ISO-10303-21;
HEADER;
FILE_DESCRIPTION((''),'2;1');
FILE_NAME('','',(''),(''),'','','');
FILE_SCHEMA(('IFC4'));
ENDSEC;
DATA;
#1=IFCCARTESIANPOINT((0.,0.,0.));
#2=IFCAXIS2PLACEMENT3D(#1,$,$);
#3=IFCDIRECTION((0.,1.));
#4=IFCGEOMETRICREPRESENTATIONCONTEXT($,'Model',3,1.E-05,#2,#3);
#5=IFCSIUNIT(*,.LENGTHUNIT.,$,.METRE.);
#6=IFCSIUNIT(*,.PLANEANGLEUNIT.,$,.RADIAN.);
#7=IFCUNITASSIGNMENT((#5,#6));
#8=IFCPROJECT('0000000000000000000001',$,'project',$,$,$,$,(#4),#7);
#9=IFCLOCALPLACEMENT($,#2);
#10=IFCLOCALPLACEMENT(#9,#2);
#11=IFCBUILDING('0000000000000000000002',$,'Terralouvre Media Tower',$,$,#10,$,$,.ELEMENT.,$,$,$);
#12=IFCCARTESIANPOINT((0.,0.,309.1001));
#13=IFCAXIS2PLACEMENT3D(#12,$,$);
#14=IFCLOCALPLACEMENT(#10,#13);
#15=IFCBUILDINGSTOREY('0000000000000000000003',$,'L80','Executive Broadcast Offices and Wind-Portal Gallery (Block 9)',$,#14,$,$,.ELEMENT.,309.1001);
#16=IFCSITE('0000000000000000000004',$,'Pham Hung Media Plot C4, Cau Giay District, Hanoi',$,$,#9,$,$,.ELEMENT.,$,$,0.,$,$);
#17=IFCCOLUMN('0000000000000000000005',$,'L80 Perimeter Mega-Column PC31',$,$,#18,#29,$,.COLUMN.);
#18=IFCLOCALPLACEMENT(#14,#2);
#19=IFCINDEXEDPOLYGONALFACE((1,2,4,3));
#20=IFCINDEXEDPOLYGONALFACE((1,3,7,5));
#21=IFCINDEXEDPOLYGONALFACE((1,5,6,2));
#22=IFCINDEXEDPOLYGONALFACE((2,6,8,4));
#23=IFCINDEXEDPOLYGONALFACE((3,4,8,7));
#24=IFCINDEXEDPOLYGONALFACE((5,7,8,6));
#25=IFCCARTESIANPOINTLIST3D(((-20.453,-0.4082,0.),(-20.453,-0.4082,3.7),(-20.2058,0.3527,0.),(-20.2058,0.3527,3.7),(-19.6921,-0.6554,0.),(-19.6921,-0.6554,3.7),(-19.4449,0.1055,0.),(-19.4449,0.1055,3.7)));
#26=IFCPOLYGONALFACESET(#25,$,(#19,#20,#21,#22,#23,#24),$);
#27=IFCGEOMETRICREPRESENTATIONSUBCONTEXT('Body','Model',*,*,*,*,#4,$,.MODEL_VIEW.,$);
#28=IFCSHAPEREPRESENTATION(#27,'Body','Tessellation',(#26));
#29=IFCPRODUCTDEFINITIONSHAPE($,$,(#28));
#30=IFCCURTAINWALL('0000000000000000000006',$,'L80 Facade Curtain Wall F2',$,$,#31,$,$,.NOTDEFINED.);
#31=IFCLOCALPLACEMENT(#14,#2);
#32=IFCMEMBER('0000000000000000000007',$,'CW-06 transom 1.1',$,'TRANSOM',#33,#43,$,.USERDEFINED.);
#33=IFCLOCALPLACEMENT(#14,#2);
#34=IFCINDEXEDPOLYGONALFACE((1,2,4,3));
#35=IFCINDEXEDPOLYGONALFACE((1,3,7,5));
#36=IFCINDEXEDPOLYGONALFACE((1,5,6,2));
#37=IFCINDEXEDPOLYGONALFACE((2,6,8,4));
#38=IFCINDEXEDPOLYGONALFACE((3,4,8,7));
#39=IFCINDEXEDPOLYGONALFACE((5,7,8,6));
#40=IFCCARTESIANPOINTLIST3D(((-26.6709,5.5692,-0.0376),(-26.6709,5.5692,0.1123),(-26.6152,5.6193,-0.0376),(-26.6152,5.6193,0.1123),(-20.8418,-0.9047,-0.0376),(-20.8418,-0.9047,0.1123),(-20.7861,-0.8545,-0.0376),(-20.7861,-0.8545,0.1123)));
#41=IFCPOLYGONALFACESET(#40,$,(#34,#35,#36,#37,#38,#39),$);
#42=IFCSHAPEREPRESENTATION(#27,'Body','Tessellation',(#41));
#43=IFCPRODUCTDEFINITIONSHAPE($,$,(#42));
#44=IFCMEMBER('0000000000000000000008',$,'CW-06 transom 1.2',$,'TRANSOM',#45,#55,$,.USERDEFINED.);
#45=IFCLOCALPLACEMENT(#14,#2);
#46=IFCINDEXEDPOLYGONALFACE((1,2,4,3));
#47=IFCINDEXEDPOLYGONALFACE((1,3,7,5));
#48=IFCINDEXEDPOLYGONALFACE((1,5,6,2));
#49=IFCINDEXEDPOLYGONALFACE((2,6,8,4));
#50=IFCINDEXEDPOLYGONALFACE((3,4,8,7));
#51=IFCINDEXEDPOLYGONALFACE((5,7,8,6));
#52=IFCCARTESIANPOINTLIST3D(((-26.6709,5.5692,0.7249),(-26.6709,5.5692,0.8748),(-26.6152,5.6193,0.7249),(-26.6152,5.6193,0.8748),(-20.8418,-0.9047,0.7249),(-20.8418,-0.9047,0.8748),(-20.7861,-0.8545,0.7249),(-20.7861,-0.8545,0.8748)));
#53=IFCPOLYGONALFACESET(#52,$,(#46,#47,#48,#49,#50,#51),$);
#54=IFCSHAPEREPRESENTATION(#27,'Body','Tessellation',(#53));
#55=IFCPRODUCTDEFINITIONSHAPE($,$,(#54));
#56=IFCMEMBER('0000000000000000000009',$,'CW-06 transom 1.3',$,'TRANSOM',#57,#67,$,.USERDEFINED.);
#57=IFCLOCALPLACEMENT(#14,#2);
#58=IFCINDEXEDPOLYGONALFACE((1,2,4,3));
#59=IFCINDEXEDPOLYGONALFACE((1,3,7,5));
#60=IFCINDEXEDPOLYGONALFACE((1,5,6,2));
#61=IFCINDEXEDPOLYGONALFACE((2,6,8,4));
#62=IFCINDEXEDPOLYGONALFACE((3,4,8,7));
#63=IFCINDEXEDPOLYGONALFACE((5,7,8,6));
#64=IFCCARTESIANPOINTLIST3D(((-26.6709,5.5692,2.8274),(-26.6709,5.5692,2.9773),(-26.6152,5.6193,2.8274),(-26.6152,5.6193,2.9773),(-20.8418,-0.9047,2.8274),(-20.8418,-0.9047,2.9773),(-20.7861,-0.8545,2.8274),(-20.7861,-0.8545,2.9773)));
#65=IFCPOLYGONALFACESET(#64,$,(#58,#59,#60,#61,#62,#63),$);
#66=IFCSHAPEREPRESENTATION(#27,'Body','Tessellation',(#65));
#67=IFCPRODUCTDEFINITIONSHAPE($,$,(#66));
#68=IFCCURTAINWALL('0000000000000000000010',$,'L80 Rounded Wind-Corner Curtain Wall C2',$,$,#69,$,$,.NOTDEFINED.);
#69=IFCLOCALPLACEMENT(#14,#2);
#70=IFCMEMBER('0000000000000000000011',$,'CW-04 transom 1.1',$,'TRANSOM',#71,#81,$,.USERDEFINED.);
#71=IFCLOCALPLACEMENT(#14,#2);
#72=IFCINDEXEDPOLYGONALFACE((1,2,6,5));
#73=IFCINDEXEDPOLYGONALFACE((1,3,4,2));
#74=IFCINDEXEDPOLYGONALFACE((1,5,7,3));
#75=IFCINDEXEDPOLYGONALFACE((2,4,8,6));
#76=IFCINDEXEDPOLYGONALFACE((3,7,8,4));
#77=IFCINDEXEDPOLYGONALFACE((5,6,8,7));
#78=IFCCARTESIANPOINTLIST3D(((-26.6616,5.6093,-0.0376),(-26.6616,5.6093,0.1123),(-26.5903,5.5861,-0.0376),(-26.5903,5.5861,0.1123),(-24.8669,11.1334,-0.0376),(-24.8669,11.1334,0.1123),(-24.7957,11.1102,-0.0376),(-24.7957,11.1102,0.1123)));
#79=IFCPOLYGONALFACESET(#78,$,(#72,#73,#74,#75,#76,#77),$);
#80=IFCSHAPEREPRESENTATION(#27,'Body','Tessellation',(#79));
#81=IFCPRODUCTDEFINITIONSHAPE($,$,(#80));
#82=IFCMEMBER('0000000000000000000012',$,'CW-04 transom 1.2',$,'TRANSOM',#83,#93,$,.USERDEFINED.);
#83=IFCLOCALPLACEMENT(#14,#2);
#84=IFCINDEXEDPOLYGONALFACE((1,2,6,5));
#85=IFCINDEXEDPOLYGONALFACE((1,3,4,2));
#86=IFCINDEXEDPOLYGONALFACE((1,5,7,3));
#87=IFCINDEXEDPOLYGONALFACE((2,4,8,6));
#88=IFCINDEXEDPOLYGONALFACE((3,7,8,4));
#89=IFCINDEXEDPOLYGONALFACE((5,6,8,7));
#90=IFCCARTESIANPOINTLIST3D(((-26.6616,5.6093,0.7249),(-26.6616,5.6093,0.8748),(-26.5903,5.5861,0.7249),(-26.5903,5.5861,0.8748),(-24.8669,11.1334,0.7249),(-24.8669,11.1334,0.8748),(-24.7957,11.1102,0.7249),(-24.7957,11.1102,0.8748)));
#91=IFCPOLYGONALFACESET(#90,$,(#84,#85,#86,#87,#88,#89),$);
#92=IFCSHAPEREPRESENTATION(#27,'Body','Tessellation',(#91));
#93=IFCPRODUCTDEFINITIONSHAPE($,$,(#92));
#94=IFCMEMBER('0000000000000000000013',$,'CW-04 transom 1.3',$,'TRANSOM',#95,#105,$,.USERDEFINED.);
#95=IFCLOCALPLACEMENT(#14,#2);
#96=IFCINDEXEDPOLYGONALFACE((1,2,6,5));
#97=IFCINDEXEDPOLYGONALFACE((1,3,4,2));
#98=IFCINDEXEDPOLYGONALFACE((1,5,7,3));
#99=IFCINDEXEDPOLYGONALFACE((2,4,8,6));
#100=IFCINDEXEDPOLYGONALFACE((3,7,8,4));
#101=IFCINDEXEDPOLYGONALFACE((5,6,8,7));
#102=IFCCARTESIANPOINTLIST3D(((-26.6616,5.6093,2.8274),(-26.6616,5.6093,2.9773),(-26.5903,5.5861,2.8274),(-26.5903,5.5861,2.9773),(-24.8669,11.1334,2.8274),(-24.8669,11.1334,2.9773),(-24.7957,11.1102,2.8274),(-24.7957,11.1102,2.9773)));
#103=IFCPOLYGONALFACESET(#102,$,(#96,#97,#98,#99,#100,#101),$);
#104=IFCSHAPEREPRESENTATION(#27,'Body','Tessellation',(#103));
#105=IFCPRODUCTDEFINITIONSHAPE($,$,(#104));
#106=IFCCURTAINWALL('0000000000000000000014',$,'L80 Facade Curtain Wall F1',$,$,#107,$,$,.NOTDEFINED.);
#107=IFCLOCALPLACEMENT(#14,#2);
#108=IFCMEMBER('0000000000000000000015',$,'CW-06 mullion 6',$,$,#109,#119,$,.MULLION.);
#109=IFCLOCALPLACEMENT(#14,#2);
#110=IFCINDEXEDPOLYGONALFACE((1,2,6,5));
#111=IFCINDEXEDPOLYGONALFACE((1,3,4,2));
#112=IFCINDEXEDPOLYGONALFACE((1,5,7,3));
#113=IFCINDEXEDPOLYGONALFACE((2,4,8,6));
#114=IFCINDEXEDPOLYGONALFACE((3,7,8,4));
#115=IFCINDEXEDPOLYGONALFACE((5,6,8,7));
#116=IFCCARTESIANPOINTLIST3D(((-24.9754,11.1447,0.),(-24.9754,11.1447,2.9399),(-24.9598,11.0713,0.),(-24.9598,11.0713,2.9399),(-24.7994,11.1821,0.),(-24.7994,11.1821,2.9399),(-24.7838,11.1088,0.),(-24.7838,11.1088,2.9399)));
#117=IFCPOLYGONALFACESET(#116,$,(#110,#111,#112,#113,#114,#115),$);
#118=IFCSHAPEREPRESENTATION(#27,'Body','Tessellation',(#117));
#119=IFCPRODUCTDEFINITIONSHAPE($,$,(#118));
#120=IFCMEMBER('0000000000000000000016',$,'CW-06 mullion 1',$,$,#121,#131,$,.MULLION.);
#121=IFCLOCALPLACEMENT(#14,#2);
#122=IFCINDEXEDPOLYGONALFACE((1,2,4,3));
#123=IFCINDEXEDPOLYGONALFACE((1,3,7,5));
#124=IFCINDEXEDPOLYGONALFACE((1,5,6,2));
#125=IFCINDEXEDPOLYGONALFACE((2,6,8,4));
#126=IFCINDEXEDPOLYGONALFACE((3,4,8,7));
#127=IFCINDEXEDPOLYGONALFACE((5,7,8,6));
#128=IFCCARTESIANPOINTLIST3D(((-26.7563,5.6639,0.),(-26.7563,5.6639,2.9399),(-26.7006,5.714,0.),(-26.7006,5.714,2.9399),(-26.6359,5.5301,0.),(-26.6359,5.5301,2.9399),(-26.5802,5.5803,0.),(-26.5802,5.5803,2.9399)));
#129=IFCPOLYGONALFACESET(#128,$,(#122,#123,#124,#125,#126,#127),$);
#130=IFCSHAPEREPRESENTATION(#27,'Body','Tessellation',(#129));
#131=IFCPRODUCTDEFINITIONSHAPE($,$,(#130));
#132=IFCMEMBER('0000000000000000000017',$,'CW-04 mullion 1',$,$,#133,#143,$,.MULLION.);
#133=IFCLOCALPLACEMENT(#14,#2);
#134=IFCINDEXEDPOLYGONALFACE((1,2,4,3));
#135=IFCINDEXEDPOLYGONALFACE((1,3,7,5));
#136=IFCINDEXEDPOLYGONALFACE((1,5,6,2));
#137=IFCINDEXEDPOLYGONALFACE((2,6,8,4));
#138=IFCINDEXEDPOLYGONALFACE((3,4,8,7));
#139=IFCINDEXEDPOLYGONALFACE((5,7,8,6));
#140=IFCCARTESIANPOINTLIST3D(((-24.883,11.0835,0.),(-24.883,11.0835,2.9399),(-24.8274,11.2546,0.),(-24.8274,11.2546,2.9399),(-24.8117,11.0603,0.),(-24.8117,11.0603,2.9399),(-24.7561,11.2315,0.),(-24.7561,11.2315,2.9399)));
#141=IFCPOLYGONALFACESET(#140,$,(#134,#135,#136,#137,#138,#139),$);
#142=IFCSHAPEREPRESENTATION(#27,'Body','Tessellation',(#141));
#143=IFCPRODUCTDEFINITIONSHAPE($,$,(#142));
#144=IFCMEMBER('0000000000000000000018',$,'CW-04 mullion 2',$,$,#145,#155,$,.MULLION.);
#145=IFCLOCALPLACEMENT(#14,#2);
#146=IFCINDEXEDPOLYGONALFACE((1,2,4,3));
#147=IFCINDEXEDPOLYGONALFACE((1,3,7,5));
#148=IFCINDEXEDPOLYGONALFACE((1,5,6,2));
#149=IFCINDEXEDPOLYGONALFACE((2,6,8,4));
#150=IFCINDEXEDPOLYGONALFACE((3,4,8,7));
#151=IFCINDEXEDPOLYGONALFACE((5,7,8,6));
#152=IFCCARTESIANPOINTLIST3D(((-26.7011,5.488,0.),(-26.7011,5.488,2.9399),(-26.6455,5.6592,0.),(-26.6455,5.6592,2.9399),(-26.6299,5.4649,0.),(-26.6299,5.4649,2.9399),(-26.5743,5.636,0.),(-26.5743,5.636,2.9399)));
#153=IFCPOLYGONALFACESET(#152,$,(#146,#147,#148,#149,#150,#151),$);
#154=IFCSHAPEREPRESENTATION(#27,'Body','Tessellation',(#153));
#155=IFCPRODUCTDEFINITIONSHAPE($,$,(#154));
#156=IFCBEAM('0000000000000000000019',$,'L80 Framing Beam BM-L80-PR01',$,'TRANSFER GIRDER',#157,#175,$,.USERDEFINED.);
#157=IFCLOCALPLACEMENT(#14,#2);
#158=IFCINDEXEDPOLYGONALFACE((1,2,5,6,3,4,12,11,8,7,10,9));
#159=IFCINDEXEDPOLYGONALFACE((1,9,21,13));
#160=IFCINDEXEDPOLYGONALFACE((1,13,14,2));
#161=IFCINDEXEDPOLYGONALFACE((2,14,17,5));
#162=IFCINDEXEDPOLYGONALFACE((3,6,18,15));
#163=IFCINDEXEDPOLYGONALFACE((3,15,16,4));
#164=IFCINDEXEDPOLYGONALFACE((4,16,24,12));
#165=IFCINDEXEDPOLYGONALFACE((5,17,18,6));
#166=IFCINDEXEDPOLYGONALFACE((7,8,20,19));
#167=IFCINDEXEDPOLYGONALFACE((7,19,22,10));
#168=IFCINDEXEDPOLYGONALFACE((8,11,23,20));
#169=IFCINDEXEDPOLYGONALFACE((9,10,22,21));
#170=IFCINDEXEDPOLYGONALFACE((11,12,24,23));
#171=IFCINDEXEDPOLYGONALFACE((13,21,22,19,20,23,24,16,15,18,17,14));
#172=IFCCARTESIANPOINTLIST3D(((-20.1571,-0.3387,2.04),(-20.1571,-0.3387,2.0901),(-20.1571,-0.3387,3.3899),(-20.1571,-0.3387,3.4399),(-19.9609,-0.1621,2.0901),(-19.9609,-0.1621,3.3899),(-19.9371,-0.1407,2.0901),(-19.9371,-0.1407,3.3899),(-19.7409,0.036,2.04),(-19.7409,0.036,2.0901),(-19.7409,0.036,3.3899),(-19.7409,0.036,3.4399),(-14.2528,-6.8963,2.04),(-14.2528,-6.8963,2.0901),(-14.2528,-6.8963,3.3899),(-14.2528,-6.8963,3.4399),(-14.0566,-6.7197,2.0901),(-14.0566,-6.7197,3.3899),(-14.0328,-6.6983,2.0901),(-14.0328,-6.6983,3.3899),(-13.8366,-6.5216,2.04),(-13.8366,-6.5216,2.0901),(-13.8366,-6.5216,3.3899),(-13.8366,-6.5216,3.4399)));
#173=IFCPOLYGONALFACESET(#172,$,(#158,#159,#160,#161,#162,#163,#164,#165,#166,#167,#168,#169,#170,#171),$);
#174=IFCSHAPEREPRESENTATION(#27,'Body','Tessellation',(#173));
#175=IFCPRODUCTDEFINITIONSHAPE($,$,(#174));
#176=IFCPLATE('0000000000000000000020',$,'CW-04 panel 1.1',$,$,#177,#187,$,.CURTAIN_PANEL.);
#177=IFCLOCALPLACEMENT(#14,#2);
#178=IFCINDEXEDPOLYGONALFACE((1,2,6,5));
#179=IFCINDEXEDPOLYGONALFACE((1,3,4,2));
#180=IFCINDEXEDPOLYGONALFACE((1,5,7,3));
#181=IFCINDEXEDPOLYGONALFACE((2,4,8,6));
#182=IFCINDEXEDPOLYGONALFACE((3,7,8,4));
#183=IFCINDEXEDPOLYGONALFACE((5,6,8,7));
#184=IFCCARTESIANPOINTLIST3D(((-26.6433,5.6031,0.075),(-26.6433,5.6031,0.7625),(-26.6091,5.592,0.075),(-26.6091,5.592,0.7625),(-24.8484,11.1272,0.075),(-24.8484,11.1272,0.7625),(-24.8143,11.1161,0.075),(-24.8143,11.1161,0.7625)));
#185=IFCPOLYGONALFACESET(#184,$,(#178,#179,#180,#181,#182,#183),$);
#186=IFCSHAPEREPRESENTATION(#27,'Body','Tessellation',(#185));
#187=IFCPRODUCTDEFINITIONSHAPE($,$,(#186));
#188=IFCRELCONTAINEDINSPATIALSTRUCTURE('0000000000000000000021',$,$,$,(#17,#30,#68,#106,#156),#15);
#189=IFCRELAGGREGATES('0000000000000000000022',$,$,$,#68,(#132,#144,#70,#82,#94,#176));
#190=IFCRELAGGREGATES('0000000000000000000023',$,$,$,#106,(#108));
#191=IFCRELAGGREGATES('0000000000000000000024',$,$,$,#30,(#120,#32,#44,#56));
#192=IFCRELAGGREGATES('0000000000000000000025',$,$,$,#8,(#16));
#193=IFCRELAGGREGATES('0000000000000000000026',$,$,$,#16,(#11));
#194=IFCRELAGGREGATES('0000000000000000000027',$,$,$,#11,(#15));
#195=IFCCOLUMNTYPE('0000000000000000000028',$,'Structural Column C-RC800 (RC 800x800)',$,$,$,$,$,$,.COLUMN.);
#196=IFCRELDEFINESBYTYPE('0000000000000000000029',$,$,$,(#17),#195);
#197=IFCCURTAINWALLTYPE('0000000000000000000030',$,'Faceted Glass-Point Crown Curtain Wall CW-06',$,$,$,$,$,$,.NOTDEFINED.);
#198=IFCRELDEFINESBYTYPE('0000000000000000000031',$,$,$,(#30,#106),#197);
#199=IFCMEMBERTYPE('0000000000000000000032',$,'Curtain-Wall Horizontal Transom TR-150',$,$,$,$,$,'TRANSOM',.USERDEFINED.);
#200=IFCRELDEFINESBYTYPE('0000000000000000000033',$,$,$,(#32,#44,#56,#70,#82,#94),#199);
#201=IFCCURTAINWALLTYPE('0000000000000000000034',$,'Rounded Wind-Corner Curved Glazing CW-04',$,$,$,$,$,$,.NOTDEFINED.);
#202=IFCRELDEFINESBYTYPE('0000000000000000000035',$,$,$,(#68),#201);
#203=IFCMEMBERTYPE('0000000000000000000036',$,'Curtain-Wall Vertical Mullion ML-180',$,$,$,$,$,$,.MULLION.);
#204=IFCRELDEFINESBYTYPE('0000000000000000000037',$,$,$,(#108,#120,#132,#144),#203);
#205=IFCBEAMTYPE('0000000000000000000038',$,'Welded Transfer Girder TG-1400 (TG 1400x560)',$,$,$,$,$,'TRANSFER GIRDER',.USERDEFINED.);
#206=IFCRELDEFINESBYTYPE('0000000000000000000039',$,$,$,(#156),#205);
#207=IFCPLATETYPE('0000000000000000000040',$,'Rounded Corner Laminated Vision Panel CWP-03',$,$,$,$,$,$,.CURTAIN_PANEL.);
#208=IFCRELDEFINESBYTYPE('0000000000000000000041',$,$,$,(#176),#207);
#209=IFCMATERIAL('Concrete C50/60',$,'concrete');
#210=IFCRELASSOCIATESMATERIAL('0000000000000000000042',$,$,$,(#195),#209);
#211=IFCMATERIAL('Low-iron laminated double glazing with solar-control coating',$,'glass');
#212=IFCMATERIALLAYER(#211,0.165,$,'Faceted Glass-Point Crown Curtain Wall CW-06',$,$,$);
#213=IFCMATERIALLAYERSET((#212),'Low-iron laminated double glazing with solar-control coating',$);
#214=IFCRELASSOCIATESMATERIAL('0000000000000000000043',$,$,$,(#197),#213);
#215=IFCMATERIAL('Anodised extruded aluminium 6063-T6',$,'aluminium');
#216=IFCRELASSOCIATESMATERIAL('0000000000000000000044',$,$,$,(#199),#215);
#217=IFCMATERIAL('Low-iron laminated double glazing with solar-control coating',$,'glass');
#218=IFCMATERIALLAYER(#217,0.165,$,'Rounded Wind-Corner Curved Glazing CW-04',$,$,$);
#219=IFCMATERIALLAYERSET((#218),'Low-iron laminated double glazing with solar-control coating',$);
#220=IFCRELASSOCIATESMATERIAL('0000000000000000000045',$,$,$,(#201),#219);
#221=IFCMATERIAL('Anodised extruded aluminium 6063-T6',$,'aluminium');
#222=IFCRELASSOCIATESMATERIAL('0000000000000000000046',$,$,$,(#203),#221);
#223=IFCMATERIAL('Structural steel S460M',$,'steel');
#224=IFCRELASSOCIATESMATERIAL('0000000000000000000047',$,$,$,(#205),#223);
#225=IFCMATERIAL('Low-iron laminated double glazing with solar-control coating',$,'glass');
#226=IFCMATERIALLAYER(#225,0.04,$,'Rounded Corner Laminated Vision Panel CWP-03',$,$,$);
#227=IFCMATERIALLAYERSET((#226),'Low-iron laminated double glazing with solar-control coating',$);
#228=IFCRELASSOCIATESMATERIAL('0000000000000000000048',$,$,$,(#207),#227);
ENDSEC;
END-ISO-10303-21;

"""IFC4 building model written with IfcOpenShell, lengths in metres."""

from ifc_helpers import new_model, si_unit, direction, frame, origin, origin_2d, place, context, subcontext, project, spatial, rectangle, i_section, extrude, material, layer, layer_set, material_profile, profile_set, type_object, element, aggregate, save


model = new_model("IFC4")

# Units and contexts
model_context = context("Model", 3, precision=1e-05, world=origin(), true_north=direction((0.0, 1.0)))
body_context = subcontext(model_context, "Body", "Model", "MODEL_VIEW")
ifc_project = project(units=[si_unit("LENGTHUNIT", "METRE"), si_unit("PLANEANGLEUNIT", "RADIAN")], contexts=[model_context])

# Site, building, storey
site_placement = place(None, origin())
site = spatial("IfcSite", under=ifc_project, at=site_placement, Name="Pham Hung Media Plot C4, Cau Giay District, Hanoi", CompositionType="ELEMENT", RefElevation=0.0)
building_placement = place(site_placement, origin())
building = spatial("IfcBuilding", under=site, at=building_placement, Name="Terralouvre Media Tower", CompositionType="ELEMENT")
storey_placement = place(building_placement, frame((0.0, 0.0, 309.1001)))
storey = spatial("IfcBuildingStorey", under=building, at=storey_placement, Name="L80", Description="Executive Broadcast Offices and Wind-Portal Gallery (Block 9)", CompositionType="ELEMENT", Elevation=309.1001)

# Column
ifc_material_1 = material(Name="Concrete C50/60", Category="concrete")
ifc_material_profile_1 = material_profile(ifc_material_1, rectangle(XDim=0.8, YDim=0.8, at=origin_2d()), Name="RC 800x800")
ifc_profile_set_1 = profile_set([ifc_material_profile_1], Name="Concrete C50/60")
column_type = type_object("IfcColumnType", Name="Structural Column C-RC800 (RC 800x800)", PredefinedType="COLUMN", material=ifc_profile_set_1)
column_placement = place(storey_placement, frame((-19.949, -0.1514, 0.0), z_axis=(0.0, 0.0, 1.0), x_axis=(0.309017, 0.951057, 0.0)))
element("IfcColumn", 1, at=column_placement, inside=storey, type_object=column_type, Name="L80 Perimeter Mega-Column PC31", PredefinedType="COLUMN", context=body_context, shape_type="SweptSolid", body=[
    extrude(rectangle(XDim=0.8, YDim=0.8, at=origin_2d()), origin(), (0.0, 0.0, 1.0), 3.7),
])

# Curtain walls, members
ifc_material_2 = material(Name="Low-iron laminated double glazing with solar-control coating", Category="glass")
ifc_layer_1 = layer(ifc_material_2, 0.165, Name="Faceted Glass-Point Crown Curtain Wall CW-06")
ifc_layer_set_1 = layer_set([ifc_layer_1], Name="Low-iron laminated double glazing with solar-control coating")
curtain_wall_type_1 = type_object("IfcCurtainWallType", Name="Faceted Glass-Point Crown Curtain Wall CW-06", PredefinedType="NOTDEFINED", material=ifc_layer_set_1)
curtain_wall_1_placement = place(storey_placement, origin())
curtain_wall_1 = element("IfcCurtainWall", 2, at=curtain_wall_1_placement, inside=storey, type_object=curtain_wall_type_1, Name="L80 Facade Curtain Wall F2", PredefinedType="NOTDEFINED")
ifc_material_3 = material(Name="Anodised extruded aluminium 6063-T6", Category="aluminium")
ifc_material_profile_2 = material_profile(ifc_material_3, rectangle(XDim=0.075, YDim=0.1499, at=origin_2d()), Name="ALU 75x150")
ifc_profile_set_2 = profile_set([ifc_material_profile_2], Name="Anodised extruded aluminium 6063-T6")
member_type_1 = type_object("IfcMemberType", Name="Curtain-Wall Horizontal Transom TR-150", ElementType="TRANSOM", PredefinedType="USERDEFINED", material=ifc_profile_set_2)
member_1_placement = place(storey_placement, frame((-26.6431, 5.5942, 0.0374), z_axis=(0.66913, -0.743145, 0.0), x_axis=(0.743145, 0.66913, 0.0)))
member_1 = element("IfcMember", 3, at=member_1_placement, type_object=member_type_1, Name="CW-06 transom 1.1", ObjectType="TRANSOM", PredefinedType="USERDEFINED", context=body_context, shape_type="SweptSolid", body=[
    extrude(rectangle(XDim=0.075, YDim=0.1499, at=origin_2d()), origin(), (0.0, 0.0, 1.0), 8.7114),
])
member_2_placement = place(storey_placement, frame((-26.6431, 5.5942, 0.7998), z_axis=(0.66913, -0.743145, 0.0), x_axis=(0.743145, 0.66913, 0.0)))
member_2 = element("IfcMember", 4, at=member_2_placement, type_object=member_type_1, Name="CW-06 transom 1.2", ObjectType="TRANSOM", PredefinedType="USERDEFINED", context=body_context, shape_type="SweptSolid", body=[
    extrude(rectangle(XDim=0.075, YDim=0.1499, at=origin_2d()), origin(), (0.0, 0.0, 1.0), 8.7114),
])
member_3_placement = place(storey_placement, frame((-26.6431, 5.5942, 2.9023), z_axis=(0.66913, -0.743145, 0.0), x_axis=(0.743145, 0.66913, 0.0)))
member_3 = element("IfcMember", 5, at=member_3_placement, type_object=member_type_1, Name="CW-06 transom 1.3", ObjectType="TRANSOM", PredefinedType="USERDEFINED", context=body_context, shape_type="SweptSolid", body=[
    extrude(rectangle(XDim=0.075, YDim=0.1499, at=origin_2d()), origin(), (0.0, 0.0, 1.0), 8.7114),
])
ifc_material_4 = material(Name="Low-iron laminated double glazing with solar-control coating", Category="glass")
ifc_layer_2 = layer(ifc_material_4, 0.165, Name="Rounded Wind-Corner Curved Glazing CW-04")
ifc_layer_set_2 = layer_set([ifc_layer_2], Name="Low-iron laminated double glazing with solar-control coating")
curtain_wall_type_2 = type_object("IfcCurtainWallType", Name="Rounded Wind-Corner Curved Glazing CW-04", PredefinedType="NOTDEFINED", material=ifc_layer_set_2)
curtain_wall_2_placement = place(storey_placement, origin())
curtain_wall_2 = element("IfcCurtainWall", 6, at=curtain_wall_2_placement, inside=storey, type_object=curtain_wall_type_2, Name="L80 Rounded Wind-Corner Curtain Wall C2", PredefinedType="NOTDEFINED")
member_4_placement = place(storey_placement, frame((-24.8313, 11.1218, 0.0374), z_axis=(-0.308981, -0.951068, 0.0), x_axis=(0.951068, -0.308981, 0.0)))
member_4 = element("IfcMember", 7, at=member_4_placement, type_object=member_type_1, Name="CW-04 transom 1.1", ObjectType="TRANSOM", PredefinedType="USERDEFINED", context=body_context, shape_type="SweptSolid", body=[
    extrude(rectangle(XDim=0.075, YDim=0.1499, at=origin_2d()), origin(), (0.0, 0.0, 1.0), 5.8083),
])
member_5_placement = place(storey_placement, frame((-24.8313, 11.1218, 0.7998), z_axis=(-0.308981, -0.951068, 0.0), x_axis=(0.951068, -0.308981, 0.0)))
member_5 = element("IfcMember", 8, at=member_5_placement, type_object=member_type_1, Name="CW-04 transom 1.2", ObjectType="TRANSOM", PredefinedType="USERDEFINED", context=body_context, shape_type="SweptSolid", body=[
    extrude(rectangle(XDim=0.075, YDim=0.1499, at=origin_2d()), origin(), (0.0, 0.0, 1.0), 5.8083),
])
member_6_placement = place(storey_placement, frame((-24.8313, 11.1218, 2.9023), z_axis=(-0.308981, -0.951068, 0.0), x_axis=(0.951068, -0.308981, 0.0)))
member_6 = element("IfcMember", 9, at=member_6_placement, type_object=member_type_1, Name="CW-04 transom 1.3", ObjectType="TRANSOM", PredefinedType="USERDEFINED", context=body_context, shape_type="SweptSolid", body=[
    extrude(rectangle(XDim=0.075, YDim=0.1499, at=origin_2d()), origin(), (0.0, 0.0, 1.0), 5.8083),
])

# Curtain wall, member
curtain_wall_3_placement = place(storey_placement, origin())
curtain_wall_3 = element("IfcCurtainWall", 10, at=curtain_wall_3_placement, inside=storey, type_object=curtain_wall_type_1, Name="L80 Facade Curtain Wall F1", PredefinedType="NOTDEFINED")
ifc_material_5 = material(Name="Anodised extruded aluminium 6063-T6", Category="aluminium")
ifc_material_profile_3 = material_profile(ifc_material_5, rectangle(XDim=0.075, YDim=0.1799, at=origin_2d()), Name="ALU 75x180")
ifc_profile_set_3 = profile_set([ifc_material_profile_3], Name="Anodised extruded aluminium 6063-T6")
member_type_2 = type_object("IfcMemberType", Name="Curtain-Wall Vertical Mullion ML-180", PredefinedType="MULLION", material=ifc_profile_set_3)
member_7_placement = place(storey_placement, frame((-24.8796, 11.1267, 0.0), z_axis=(0.0, 0.0, 1.0), x_axis=(0.207912, -0.978148, 0.0)))
member_7 = element("IfcMember", 11, at=member_7_placement, type_object=member_type_2, Name="CW-06 mullion 6", PredefinedType="MULLION", context=body_context, shape_type="SweptSolid", body=[
    extrude(rectangle(XDim=0.075, YDim=0.1799, at=origin_2d()), origin(), (0.0, 0.0, 1.0), 2.9399),
])

# Members
member_8_placement = place(storey_placement, frame((-26.6682, 5.6221, 0.0), z_axis=(0.0, 0.0, 1.0), x_axis=(0.743145, 0.669131, 0.0)))
member_8 = element("IfcMember", 12, at=member_8_placement, type_object=member_type_2, Name="CW-06 mullion 1", PredefinedType="MULLION", context=body_context, shape_type="SweptSolid", body=[
    extrude(rectangle(XDim=0.075, YDim=0.1799, at=origin_2d()), origin(), (0.0, 0.0, 1.0), 2.9399),
])
member_9_placement = place(storey_placement, frame((-24.8196, 11.1575, 0.0), z_axis=(0.0, 0.0, 1.0), x_axis=(0.951057, -0.309017, 0.0)))
member_9 = element("IfcMember", 13, at=member_9_placement, type_object=member_type_2, Name="CW-04 mullion 1", PredefinedType="MULLION", context=body_context, shape_type="SweptSolid", body=[
    extrude(rectangle(XDim=0.075, YDim=0.1799, at=origin_2d()), origin(), (0.0, 0.0, 1.0), 2.9399),
])
member_10_placement = place(storey_placement, frame((-26.6377, 5.562, 0.0), z_axis=(0.0, 0.0, 1.0), x_axis=(0.951057, -0.309017, 0.0)))
member_10 = element("IfcMember", 14, at=member_10_placement, type_object=member_type_2, Name="CW-04 mullion 2", PredefinedType="MULLION", context=body_context, shape_type="SweptSolid", body=[
    extrude(rectangle(XDim=0.075, YDim=0.1799, at=origin_2d()), origin(), (0.0, 0.0, 1.0), 2.9399),
])

# Beam
ifc_material_6 = material(Name="Structural steel S460M", Category="steel")
ifc_material_profile_4 = material_profile(ifc_material_6, i_section(OverallWidth=0.5601, OverallDepth=1.3999, WebThickness=0.032, FlangeThickness=0.05, at=origin_2d()), Name="TG 1400x560")
ifc_profile_set_4 = profile_set([ifc_material_profile_4], Name="Structural steel S460M")
beam_type = type_object("IfcBeamType", Name="Welded Transfer Girder TG-1400 (TG 1400x560)", ElementType="TRANSFER GIRDER", PredefinedType="USERDEFINED", material=ifc_profile_set_4)
beam_placement = place(storey_placement, frame((-19.949, -0.1514, 2.74), z_axis=(0.669118, -0.743157, 0.0), x_axis=(0.743157, 0.669118, 0.0)))
element("IfcBeam", 15, at=beam_placement, inside=storey, type_object=beam_type, Name="L80 Framing Beam BM-L80-PR01", ObjectType="TRANSFER GIRDER", PredefinedType="USERDEFINED", context=body_context, shape_type="SweptSolid", body=[
    extrude(i_section(OverallWidth=0.5601, OverallDepth=1.3999, WebThickness=0.032, FlangeThickness=0.05, at=origin_2d()), origin(), (0.0, 0.0, 1.0), 8.824),
])

# Plate
ifc_material_7 = material(Name="Low-iron laminated double glazing with solar-control coating", Category="glass")
ifc_layer_3 = layer(ifc_material_7, 0.04, Name="Rounded Corner Laminated Vision Panel CWP-03")
ifc_layer_set_3 = layer_set([ifc_layer_3], Name="Low-iron laminated double glazing with solar-control coating")
plate_type_1 = type_object("IfcPlateType", Name="Rounded Corner Laminated Vision Panel CWP-03", PredefinedType="CURTAIN_PANEL", material=ifc_layer_set_3)
plate_1_placement = place(storey_placement, frame((-25.7288, 8.3596, 0.075), z_axis=(0.0, 0.0, 1.0), x_axis=(-0.309017, -0.951057, 0.0)))
plate_1 = element("IfcPlate", 16, at=plate_1_placement, type_object=plate_type_1, Name="CW-04 panel 1.1", PredefinedType="CURTAIN_PANEL", context=body_context, shape_type="SweptSolid", body=[
    extrude(rectangle(XDim=5.8083, YDim=0.0359, at=origin_2d()), origin(), (0.0, 0.0, 1.0), 0.6875),
])
aggregate(curtain_wall_2, [member_9, member_10, member_4, member_5, member_6, plate_1])
aggregate(curtain_wall_3, [member_7])
aggregate(curtain_wall_1, [member_8, member_1, member_2, member_3])

save(model, "model.ifc")
